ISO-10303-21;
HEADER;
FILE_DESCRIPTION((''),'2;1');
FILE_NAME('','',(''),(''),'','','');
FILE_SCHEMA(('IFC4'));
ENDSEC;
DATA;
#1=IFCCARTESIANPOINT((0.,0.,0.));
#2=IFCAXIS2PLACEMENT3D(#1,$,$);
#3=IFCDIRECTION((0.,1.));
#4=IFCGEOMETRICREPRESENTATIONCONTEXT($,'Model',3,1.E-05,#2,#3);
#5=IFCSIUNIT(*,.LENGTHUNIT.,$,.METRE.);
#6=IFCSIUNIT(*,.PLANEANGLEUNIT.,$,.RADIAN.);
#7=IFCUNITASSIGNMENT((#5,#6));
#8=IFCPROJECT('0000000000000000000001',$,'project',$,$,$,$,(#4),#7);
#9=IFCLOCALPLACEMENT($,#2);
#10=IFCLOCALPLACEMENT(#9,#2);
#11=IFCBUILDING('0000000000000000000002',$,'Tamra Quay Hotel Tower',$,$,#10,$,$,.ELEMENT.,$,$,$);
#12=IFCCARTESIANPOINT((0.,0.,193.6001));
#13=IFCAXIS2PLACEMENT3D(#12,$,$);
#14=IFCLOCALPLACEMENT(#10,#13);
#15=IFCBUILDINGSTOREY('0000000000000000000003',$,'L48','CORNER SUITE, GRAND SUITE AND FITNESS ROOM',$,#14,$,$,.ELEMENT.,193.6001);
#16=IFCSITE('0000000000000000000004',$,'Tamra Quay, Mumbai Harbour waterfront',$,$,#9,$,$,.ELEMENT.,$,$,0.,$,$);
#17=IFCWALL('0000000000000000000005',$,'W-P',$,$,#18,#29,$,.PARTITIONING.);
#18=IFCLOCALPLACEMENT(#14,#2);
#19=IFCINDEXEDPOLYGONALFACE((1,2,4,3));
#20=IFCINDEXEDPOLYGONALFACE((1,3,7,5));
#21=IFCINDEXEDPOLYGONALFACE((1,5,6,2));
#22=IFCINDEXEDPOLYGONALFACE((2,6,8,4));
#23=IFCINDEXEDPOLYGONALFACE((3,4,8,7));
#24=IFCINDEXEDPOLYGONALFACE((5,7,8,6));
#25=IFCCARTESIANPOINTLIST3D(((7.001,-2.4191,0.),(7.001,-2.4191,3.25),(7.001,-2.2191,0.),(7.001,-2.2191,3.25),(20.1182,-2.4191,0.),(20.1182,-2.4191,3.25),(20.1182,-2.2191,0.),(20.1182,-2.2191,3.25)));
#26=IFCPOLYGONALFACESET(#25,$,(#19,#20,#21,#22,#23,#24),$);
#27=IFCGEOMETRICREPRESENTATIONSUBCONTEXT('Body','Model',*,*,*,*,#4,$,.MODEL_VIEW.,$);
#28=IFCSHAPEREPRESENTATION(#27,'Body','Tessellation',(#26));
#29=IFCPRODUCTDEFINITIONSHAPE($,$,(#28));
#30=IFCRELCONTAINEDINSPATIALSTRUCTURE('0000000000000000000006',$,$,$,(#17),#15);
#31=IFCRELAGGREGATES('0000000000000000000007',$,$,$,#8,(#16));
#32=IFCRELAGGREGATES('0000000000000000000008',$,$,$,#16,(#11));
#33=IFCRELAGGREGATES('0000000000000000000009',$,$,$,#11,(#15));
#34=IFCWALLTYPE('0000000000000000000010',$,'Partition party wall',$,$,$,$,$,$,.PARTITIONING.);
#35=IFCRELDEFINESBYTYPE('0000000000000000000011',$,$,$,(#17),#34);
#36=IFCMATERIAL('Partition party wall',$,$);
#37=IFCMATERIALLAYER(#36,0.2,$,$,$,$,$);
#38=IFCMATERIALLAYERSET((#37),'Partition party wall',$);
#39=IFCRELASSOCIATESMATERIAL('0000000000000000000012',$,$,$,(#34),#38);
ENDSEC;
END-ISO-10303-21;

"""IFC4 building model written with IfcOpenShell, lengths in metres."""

from ifc_helpers import new_model, si_unit, direction, frame, frame_2d, origin, place, context, subcontext, project, spatial, rectangle, extrude, material, layer, layer_set, type_object, element, save


model = new_model("IFC4")

# Units and contexts
model_context = context("Model", 3, precision=1e-05, world=origin(), true_north=direction((0.0, 1.0)))
body_context = subcontext(model_context, "Body", "Model", "MODEL_VIEW")
ifc_project = project(units=[si_unit("LENGTHUNIT", "METRE"), si_unit("PLANEANGLEUNIT", "RADIAN")], contexts=[model_context])

# Site, building, storey
site_placement = place(None, origin())
site = spatial("IfcSite", under=ifc_project, at=site_placement, Name="Tamra Quay, Mumbai Harbour waterfront", CompositionType="ELEMENT", RefElevation=0.0)
building_placement = place(site_placement, origin())
building = spatial("IfcBuilding", under=site, at=building_placement, Name="Tamra Quay Hotel Tower", CompositionType="ELEMENT")
storey_placement = place(building_placement, frame((0.0, 0.0, 193.6001)))
storey = spatial("IfcBuildingStorey", under=building, at=storey_placement, Name="L48", Description="CORNER SUITE, GRAND SUITE AND FITNESS ROOM", CompositionType="ELEMENT", Elevation=193.6001)

# Wall
ifc_material_1 = material(Name="Partition party wall")
ifc_layer_1 = layer(ifc_material_1, 0.2)
ifc_layer_set_1 = layer_set([ifc_layer_1], Name="Partition party wall")
wall_type_1 = type_object("IfcWallType", Name="Partition party wall", PredefinedType="PARTITIONING", material=ifc_layer_set_1)
wall_1_placement = place(storey_placement, frame((7.001, -2.3191, 0.0), z_axis=(0.0, 0.0, 1.0), x_axis=(1.0, 0.0, 0.0)))
element("IfcWall", 1, at=wall_1_placement, inside=storey, type_object=wall_type_1, Name="W-P", PredefinedType="PARTITIONING", context=body_context, shape_type="SweptSolid", body=[
    extrude(rectangle(XDim=13.1172, YDim=0.2, at=frame_2d((6.5586, 0.0))), origin(), (0.0, 0.0, 1.0), 3.25),
])

save(model, "model.ifc")
